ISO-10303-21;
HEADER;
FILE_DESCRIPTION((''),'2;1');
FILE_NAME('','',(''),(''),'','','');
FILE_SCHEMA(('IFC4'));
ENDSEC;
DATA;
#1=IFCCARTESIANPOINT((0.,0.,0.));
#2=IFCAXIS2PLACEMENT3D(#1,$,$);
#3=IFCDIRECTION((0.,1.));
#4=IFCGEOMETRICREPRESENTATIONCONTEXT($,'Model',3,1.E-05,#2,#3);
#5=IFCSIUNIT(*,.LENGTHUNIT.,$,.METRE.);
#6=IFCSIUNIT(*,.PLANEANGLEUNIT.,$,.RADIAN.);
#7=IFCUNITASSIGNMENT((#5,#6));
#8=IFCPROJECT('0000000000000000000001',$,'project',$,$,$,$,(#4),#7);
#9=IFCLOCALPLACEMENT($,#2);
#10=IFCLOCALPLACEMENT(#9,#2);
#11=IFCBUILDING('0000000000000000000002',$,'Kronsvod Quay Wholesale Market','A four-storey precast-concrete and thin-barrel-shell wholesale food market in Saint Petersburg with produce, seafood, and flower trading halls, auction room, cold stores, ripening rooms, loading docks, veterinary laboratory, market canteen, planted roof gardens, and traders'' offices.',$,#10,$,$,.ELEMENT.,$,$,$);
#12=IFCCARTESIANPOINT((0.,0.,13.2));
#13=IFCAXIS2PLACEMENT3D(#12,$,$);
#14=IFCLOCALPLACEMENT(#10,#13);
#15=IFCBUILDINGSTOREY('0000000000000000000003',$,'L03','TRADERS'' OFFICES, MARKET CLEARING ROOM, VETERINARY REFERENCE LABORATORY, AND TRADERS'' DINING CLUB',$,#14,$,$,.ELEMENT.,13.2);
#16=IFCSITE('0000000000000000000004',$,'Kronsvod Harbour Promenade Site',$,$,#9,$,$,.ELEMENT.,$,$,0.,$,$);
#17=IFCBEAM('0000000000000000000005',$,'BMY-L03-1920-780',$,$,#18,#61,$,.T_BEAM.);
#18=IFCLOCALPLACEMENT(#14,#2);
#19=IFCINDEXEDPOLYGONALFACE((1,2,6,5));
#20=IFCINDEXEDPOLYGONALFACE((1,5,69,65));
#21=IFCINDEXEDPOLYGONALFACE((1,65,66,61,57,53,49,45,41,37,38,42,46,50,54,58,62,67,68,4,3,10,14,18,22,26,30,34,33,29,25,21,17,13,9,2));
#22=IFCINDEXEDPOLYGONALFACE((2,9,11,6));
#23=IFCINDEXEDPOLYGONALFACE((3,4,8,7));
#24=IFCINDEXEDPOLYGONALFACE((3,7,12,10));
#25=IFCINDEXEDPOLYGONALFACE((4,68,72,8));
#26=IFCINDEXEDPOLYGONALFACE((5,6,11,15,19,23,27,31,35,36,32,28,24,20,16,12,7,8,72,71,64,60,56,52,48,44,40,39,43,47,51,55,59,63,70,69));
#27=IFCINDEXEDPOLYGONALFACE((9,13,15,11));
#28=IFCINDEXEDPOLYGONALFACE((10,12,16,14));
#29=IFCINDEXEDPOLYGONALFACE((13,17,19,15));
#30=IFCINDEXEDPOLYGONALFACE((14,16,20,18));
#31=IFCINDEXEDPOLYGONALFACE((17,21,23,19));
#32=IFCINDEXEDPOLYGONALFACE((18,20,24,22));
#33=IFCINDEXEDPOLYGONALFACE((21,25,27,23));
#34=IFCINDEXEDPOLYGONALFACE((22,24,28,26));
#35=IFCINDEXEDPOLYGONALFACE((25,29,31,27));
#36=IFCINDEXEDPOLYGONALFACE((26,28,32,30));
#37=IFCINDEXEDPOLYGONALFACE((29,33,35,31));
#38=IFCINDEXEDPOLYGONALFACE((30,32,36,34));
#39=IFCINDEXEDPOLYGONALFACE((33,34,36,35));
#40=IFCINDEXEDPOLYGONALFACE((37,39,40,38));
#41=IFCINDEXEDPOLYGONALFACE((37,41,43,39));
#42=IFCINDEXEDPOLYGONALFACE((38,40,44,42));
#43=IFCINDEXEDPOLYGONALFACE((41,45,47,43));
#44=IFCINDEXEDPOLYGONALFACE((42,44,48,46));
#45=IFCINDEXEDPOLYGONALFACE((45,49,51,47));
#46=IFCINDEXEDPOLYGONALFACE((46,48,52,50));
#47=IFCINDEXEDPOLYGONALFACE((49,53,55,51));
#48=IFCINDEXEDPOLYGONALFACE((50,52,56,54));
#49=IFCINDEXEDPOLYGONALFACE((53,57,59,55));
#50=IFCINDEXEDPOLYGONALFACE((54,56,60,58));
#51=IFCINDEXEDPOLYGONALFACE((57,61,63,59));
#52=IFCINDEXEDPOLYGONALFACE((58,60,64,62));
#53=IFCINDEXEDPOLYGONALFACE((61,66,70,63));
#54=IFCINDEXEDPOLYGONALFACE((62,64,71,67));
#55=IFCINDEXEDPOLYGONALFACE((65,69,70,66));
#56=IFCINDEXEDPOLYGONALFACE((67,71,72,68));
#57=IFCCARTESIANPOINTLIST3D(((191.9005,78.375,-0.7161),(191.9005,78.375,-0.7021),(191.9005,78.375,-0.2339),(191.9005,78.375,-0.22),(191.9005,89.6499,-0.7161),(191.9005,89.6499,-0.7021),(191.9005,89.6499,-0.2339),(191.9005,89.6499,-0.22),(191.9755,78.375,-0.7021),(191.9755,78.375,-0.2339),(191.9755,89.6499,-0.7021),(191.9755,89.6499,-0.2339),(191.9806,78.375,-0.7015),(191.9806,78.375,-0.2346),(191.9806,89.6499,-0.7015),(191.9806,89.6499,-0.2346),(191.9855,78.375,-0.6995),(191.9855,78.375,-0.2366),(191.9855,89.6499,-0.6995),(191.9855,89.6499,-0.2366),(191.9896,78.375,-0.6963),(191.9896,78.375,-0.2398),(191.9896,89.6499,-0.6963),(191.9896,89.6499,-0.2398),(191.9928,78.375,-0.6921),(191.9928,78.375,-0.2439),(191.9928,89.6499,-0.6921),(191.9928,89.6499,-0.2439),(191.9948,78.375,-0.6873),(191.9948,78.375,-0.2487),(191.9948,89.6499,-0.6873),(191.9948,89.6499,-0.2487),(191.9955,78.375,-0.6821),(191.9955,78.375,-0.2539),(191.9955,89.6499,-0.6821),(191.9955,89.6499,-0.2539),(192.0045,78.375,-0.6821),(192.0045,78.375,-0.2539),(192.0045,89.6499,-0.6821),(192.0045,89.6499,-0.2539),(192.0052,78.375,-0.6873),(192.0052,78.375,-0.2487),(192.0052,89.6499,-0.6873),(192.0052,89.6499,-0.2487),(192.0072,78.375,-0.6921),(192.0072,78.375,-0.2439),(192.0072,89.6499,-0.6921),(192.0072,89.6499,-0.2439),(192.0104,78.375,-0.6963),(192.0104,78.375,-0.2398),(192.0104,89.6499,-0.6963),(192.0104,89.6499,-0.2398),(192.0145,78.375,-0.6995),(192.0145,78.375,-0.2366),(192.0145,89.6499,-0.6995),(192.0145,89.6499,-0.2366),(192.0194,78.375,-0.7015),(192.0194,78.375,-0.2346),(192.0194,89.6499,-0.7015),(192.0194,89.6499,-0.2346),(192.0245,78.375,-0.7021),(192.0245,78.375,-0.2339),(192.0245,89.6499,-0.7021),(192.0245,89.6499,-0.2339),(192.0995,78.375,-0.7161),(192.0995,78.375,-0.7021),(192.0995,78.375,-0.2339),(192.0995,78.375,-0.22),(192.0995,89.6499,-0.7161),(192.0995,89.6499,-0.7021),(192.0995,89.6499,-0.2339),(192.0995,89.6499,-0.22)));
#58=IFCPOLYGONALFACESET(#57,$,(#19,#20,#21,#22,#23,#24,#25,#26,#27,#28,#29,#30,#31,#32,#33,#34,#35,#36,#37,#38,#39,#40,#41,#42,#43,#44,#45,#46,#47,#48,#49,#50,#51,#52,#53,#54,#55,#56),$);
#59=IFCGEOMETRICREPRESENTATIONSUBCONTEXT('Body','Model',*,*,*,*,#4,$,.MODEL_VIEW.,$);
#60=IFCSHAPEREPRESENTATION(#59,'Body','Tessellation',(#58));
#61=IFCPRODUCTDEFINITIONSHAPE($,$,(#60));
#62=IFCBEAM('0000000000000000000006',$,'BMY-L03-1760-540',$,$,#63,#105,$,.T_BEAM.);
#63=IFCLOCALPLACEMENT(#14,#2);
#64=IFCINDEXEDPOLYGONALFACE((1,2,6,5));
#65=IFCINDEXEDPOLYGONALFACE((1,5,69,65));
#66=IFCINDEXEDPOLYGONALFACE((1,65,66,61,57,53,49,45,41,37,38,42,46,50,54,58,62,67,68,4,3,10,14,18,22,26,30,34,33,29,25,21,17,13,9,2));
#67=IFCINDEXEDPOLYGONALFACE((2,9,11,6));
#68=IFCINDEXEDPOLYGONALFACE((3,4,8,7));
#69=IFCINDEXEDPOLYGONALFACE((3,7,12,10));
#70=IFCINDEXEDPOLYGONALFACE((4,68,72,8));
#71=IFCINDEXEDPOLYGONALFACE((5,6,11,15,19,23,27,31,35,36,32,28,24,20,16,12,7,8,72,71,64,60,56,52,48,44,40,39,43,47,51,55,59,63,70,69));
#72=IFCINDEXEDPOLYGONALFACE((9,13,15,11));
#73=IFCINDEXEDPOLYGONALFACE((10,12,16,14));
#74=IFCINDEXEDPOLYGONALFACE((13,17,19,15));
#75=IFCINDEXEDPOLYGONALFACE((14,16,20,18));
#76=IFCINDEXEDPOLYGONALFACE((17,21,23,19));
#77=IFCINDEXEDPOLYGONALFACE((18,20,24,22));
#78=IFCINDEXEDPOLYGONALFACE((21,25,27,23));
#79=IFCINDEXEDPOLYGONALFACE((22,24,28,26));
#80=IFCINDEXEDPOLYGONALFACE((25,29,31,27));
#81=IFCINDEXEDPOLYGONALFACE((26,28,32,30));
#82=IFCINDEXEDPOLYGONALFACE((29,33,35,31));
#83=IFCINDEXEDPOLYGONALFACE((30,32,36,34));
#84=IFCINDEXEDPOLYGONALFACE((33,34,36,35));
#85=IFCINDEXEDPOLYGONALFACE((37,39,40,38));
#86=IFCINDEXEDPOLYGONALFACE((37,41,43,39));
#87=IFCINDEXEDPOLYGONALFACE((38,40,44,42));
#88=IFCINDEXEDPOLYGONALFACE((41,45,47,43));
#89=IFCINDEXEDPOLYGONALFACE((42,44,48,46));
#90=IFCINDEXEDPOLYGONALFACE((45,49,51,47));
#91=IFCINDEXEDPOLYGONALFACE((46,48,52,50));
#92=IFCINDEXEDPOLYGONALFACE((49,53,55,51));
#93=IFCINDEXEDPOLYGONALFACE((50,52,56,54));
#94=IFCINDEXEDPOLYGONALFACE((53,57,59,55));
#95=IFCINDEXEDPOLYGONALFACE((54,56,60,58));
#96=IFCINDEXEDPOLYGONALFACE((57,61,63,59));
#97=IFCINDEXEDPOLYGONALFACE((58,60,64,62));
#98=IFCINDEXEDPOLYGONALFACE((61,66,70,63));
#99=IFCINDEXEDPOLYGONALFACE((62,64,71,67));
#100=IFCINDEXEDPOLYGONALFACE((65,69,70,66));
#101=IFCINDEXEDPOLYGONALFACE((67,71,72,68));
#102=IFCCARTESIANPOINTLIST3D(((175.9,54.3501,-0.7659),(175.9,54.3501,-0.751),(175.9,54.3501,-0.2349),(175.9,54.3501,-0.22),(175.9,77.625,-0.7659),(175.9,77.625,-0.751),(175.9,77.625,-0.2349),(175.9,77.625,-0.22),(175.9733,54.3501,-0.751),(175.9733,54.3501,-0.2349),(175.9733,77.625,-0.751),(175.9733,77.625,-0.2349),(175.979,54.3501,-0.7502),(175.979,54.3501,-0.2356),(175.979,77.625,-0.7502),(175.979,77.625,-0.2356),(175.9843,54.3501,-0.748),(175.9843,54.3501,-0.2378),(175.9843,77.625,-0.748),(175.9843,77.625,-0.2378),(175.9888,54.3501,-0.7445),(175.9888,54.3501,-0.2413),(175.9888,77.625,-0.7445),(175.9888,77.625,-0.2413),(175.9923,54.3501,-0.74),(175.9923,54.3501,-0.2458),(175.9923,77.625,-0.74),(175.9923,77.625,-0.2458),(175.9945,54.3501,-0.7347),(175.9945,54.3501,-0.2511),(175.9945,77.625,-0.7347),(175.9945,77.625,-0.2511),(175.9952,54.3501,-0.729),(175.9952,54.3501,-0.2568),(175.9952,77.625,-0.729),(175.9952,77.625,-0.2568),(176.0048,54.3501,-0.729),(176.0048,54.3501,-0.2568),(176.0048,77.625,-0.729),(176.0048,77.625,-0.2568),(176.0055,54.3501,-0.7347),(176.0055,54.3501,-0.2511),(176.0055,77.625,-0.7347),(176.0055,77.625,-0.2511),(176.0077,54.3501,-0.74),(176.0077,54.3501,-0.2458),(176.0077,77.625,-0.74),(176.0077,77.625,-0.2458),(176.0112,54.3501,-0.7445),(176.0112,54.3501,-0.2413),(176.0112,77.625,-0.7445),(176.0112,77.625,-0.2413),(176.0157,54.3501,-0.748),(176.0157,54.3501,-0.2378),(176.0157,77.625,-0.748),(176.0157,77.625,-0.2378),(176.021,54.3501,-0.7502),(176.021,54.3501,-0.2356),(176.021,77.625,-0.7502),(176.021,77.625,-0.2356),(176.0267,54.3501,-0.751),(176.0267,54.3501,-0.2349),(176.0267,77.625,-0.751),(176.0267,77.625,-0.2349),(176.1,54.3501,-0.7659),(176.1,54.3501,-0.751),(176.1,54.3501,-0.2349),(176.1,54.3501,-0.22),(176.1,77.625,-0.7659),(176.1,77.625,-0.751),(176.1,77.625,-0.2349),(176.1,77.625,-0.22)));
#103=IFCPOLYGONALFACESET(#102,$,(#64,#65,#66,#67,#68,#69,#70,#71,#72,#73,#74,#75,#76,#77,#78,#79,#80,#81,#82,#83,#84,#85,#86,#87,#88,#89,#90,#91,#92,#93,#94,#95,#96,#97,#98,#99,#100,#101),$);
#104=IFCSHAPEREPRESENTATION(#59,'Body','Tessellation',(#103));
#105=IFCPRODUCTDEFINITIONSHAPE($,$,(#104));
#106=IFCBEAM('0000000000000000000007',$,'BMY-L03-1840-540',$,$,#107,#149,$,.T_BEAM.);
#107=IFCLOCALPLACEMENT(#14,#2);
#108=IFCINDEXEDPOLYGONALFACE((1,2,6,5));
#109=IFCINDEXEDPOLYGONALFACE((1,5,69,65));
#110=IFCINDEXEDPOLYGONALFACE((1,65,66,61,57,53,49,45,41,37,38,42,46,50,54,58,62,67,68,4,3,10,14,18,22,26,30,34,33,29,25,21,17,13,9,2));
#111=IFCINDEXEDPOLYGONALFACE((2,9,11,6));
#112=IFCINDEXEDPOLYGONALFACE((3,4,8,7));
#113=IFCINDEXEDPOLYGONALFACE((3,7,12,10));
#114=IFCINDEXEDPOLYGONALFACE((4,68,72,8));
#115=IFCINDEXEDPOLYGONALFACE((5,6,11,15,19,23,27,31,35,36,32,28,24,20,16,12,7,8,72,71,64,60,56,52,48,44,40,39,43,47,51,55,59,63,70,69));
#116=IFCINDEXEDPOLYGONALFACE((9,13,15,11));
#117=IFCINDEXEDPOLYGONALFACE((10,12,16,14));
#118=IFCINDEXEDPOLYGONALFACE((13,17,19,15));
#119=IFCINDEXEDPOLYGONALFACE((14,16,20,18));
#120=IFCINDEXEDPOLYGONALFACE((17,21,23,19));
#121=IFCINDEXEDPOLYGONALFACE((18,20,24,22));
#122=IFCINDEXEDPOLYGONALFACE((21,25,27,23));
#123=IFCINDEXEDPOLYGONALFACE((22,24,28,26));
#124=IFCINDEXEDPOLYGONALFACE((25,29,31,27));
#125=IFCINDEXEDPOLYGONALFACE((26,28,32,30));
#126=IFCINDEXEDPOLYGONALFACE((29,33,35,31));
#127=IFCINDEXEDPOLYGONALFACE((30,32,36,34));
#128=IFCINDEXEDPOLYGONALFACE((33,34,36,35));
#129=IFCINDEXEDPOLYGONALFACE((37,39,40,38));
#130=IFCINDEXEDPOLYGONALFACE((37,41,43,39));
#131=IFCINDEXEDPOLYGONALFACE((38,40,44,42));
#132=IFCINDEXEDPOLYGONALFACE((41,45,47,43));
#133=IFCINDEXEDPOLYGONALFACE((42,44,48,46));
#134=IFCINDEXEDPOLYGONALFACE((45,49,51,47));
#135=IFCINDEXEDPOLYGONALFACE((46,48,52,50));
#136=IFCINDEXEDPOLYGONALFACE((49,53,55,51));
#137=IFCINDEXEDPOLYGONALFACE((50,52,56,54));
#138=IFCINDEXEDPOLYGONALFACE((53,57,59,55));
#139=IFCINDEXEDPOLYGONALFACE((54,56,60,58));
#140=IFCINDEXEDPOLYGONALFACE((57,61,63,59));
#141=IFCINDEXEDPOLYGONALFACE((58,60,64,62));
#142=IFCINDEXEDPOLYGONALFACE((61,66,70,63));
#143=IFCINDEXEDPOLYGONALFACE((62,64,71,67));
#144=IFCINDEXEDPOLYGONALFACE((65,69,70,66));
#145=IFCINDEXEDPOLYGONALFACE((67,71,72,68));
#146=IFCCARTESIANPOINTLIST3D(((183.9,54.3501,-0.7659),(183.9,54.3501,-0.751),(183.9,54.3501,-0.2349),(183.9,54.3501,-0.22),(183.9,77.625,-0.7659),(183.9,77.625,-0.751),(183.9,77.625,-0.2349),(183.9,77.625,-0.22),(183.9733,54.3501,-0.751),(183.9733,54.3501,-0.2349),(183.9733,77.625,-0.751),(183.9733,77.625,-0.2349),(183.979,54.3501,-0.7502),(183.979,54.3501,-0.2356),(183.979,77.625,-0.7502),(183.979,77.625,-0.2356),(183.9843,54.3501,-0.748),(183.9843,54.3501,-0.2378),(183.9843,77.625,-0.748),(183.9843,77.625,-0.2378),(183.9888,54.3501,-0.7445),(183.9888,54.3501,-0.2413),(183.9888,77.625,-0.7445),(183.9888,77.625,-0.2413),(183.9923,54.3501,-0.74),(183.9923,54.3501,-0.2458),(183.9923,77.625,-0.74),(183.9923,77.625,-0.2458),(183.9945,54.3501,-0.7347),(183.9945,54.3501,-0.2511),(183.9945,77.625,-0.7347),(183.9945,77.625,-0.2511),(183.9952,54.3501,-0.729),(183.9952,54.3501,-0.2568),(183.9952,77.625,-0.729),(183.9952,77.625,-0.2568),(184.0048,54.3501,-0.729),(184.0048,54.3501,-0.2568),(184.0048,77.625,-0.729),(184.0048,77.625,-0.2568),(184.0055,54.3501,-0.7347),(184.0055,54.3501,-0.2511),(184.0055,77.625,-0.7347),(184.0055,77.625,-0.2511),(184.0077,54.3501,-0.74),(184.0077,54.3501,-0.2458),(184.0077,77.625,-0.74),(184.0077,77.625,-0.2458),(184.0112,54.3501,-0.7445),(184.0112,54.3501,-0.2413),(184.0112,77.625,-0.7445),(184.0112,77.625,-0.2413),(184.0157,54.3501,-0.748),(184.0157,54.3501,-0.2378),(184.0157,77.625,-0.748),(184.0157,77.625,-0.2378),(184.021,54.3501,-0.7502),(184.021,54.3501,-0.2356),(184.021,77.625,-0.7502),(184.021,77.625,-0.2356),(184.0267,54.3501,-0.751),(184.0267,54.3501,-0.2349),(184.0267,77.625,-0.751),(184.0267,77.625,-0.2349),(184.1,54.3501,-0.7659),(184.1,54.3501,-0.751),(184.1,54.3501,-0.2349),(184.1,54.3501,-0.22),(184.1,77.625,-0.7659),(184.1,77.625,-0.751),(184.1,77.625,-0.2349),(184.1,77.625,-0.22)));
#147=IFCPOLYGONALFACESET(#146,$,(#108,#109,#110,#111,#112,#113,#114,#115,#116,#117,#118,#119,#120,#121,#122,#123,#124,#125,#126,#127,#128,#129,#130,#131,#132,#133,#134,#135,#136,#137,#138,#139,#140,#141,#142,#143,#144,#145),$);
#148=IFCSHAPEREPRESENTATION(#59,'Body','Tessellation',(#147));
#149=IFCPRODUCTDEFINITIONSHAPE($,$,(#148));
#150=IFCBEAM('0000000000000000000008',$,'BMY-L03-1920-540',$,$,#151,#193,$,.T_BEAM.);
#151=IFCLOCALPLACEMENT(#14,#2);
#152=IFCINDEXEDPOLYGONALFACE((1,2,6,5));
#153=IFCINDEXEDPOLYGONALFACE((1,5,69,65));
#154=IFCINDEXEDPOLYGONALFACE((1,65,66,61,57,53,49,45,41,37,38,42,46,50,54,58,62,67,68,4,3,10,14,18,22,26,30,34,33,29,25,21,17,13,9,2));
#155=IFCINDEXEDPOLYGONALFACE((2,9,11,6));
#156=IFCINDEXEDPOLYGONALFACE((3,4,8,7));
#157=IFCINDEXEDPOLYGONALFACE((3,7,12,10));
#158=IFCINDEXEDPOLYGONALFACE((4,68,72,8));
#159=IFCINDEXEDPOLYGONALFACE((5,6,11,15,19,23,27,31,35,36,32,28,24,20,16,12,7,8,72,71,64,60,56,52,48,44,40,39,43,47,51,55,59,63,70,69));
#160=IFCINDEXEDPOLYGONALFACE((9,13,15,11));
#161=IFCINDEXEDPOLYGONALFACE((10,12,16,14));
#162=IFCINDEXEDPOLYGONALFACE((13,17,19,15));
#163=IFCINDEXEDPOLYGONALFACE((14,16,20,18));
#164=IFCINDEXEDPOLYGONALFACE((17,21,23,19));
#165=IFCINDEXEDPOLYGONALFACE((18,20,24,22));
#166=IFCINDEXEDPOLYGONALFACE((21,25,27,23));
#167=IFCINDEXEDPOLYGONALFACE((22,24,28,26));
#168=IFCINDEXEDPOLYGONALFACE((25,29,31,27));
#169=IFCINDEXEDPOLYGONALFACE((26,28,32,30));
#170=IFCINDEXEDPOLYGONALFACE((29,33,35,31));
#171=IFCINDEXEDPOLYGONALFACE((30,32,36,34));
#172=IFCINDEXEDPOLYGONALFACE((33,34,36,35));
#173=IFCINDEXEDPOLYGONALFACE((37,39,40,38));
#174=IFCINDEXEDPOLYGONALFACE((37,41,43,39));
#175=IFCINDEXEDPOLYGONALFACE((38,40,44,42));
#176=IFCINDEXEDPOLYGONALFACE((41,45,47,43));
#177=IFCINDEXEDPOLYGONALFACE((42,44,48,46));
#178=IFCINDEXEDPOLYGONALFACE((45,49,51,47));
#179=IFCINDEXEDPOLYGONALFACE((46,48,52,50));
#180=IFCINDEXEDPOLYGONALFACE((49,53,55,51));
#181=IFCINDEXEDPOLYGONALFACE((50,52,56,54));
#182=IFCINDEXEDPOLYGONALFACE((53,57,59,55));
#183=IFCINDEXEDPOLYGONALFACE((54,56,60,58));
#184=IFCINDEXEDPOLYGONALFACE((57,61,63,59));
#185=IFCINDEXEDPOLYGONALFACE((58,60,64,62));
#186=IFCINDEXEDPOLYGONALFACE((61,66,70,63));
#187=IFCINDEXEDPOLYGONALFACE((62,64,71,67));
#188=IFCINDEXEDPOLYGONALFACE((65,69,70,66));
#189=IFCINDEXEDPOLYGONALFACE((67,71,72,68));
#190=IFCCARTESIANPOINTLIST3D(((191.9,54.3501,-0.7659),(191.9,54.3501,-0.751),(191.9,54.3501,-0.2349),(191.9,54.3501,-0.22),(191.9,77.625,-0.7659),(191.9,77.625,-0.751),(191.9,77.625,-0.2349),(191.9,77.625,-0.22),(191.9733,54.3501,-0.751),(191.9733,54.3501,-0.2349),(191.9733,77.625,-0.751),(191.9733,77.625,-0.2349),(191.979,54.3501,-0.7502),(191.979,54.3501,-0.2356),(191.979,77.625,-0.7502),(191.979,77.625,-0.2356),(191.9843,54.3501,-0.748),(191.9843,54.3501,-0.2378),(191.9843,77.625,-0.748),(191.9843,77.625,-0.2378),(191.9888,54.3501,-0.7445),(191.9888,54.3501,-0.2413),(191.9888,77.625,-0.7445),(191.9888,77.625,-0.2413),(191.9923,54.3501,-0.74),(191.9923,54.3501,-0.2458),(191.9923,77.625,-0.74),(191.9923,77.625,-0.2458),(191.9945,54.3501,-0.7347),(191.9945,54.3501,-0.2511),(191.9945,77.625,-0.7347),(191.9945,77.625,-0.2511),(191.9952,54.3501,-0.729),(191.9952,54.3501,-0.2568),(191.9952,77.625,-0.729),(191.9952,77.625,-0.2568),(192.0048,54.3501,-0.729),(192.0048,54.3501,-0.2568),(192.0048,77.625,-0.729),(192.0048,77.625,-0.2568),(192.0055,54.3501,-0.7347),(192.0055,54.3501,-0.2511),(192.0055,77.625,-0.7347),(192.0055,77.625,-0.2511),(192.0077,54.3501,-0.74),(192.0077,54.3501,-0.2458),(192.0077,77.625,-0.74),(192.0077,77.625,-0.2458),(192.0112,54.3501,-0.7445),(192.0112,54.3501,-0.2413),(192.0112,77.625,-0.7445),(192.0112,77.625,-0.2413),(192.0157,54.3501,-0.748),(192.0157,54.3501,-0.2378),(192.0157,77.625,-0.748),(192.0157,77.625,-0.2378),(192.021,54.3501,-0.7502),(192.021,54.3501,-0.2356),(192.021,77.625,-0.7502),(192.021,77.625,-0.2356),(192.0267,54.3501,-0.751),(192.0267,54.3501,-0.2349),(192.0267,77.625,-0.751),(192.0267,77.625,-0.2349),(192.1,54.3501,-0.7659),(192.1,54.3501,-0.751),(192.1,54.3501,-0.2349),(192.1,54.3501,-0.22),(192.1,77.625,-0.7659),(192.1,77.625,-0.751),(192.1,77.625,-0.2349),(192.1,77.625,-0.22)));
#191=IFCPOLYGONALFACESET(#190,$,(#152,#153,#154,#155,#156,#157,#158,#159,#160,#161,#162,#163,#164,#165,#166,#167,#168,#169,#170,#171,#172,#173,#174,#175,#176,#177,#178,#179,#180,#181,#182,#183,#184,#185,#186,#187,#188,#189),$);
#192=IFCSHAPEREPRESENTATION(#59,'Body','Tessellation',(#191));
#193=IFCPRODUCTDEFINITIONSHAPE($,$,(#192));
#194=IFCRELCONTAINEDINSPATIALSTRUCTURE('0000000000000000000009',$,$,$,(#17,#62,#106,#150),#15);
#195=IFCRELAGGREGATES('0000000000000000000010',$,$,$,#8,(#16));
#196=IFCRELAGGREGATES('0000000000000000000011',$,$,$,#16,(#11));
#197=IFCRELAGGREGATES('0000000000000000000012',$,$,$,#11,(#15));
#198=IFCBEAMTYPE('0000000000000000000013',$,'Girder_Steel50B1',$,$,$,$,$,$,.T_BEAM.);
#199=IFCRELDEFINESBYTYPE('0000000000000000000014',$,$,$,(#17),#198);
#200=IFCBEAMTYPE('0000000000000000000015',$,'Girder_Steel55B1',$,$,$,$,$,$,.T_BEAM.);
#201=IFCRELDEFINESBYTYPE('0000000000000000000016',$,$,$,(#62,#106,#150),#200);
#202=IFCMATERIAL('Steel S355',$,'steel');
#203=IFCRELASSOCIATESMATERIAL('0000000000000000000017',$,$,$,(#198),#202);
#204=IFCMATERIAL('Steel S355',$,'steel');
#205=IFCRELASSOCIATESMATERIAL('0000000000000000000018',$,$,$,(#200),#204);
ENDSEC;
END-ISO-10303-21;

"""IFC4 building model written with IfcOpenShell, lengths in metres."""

from ifc_helpers import new_model, si_unit, direction, frame, origin, origin_2d, place, context, subcontext, project, spatial, i_section, extrude, material, material_profile, profile_set, type_object, element, save


model = new_model("IFC4")

# Units and contexts
model_context = context("Model", 3, precision=1e-05, world=origin(), true_north=direction((0.0, 1.0)))
body_context = subcontext(model_context, "Body", "Model", "MODEL_VIEW")
ifc_project = project(units=[si_unit("LENGTHUNIT", "METRE"), si_unit("PLANEANGLEUNIT", "RADIAN")], contexts=[model_context])

# Site, building, storey
site_placement = place(None, origin())
site = spatial("IfcSite", under=ifc_project, at=site_placement, Name="Kronsvod Harbour Promenade Site", CompositionType="ELEMENT", RefElevation=0.0)
building_placement = place(site_placement, origin())
building = spatial("IfcBuilding", under=site, at=building_placement, Name="Kronsvod Quay Wholesale Market", Description="A four-storey precast-concrete and thin-barrel-shell wholesale food market in Saint Petersburg with produce, seafood, and flower trading halls, auction room, cold stores, ripening rooms, loading docks, veterinary laboratory, market canteen, planted roof gardens, and traders' offices.", CompositionType="ELEMENT")
storey_placement = place(building_placement, frame((0.0, 0.0, 13.2)))
storey = spatial("IfcBuildingStorey", under=building, at=storey_placement, Name="L03", Description="TRADERS' OFFICES, MARKET CLEARING ROOM, VETERINARY REFERENCE LABORATORY, AND TRADERS' DINING CLUB", CompositionType="ELEMENT", Elevation=13.2)

# Beams
ifc_material_1 = material(Name="Steel S355", Category="steel")
ifc_material_profile_1 = material_profile(ifc_material_1, i_section(OverallWidth=0.199, OverallDepth=0.4961, WebThickness=0.009, FlangeThickness=0.0139, FilletRadius=0.02, at=origin_2d()), Name="50B1")
ifc_profile_set_1 = profile_set([ifc_material_profile_1], Name="Steel S355")
beam_type_1 = type_object("IfcBeamType", Name="Girder_Steel50B1", PredefinedType="T_BEAM", material=ifc_profile_set_1)
for number, where, z_axis, x_axis, name in (
    (1, (192.0, 78.375, -0.468), (0.0, 1.0, 0.0), (-1.0, 0.0, 0.0), "BMY-L03-1920-780"),
):
    element("IfcBeam", number, at=place(storey_placement, frame(where, z_axis=z_axis, x_axis=x_axis)), inside=storey, type_object=beam_type_1, Name=name, PredefinedType="T_BEAM", context=body_context, shape_type="SweptSolid", body=[
        extrude(i_section(OverallWidth=0.199, OverallDepth=0.4961, WebThickness=0.009, FlangeThickness=0.0139, FilletRadius=0.02, at=origin_2d()), origin(), (0.0, 0.0, 1.0), 11.2749),
    ])
ifc_material_2 = material(Name="Steel S355", Category="steel")
ifc_material_profile_2 = material_profile(ifc_material_2, i_section(OverallWidth=0.2, OverallDepth=0.5459, WebThickness=0.0095, FlangeThickness=0.0149, FilletRadius=0.022, at=origin_2d()), Name="55B1")
ifc_profile_set_2 = profile_set([ifc_material_profile_2], Name="Steel S355")
beam_type_2 = type_object("IfcBeamType", Name="Girder_Steel55B1", PredefinedType="T_BEAM", material=ifc_profile_set_2)
for number, where, z_axis, x_axis, name in (
    (2, (176.0, 54.3501, -0.4929), (0.0, 1.0, 0.0), (-1.0, 0.0, 0.0), "BMY-L03-1760-540"),
    (3, (184.0, 54.3501, -0.4929), (0.0, 1.0, 0.0), (-1.0, 0.0, 0.0), "BMY-L03-1840-540"),
    (4, (192.0, 54.3501, -0.4929), (0.0, 1.0, 0.0), (-1.0, 0.0, 0.0), "BMY-L03-1920-540"),
):
    element("IfcBeam", number, at=place(storey_placement, frame(where, z_axis=z_axis, x_axis=x_axis)), inside=storey, type_object=beam_type_2, Name=name, PredefinedType="T_BEAM", context=body_context, shape_type="SweptSolid", body=[
        extrude(i_section(OverallWidth=0.2, OverallDepth=0.5459, WebThickness=0.0095, FlangeThickness=0.0149, FilletRadius=0.022, at=origin_2d()), origin(), (0.0, 0.0, 1.0), 23.2749),
    ])

save(model, "model.ifc")
